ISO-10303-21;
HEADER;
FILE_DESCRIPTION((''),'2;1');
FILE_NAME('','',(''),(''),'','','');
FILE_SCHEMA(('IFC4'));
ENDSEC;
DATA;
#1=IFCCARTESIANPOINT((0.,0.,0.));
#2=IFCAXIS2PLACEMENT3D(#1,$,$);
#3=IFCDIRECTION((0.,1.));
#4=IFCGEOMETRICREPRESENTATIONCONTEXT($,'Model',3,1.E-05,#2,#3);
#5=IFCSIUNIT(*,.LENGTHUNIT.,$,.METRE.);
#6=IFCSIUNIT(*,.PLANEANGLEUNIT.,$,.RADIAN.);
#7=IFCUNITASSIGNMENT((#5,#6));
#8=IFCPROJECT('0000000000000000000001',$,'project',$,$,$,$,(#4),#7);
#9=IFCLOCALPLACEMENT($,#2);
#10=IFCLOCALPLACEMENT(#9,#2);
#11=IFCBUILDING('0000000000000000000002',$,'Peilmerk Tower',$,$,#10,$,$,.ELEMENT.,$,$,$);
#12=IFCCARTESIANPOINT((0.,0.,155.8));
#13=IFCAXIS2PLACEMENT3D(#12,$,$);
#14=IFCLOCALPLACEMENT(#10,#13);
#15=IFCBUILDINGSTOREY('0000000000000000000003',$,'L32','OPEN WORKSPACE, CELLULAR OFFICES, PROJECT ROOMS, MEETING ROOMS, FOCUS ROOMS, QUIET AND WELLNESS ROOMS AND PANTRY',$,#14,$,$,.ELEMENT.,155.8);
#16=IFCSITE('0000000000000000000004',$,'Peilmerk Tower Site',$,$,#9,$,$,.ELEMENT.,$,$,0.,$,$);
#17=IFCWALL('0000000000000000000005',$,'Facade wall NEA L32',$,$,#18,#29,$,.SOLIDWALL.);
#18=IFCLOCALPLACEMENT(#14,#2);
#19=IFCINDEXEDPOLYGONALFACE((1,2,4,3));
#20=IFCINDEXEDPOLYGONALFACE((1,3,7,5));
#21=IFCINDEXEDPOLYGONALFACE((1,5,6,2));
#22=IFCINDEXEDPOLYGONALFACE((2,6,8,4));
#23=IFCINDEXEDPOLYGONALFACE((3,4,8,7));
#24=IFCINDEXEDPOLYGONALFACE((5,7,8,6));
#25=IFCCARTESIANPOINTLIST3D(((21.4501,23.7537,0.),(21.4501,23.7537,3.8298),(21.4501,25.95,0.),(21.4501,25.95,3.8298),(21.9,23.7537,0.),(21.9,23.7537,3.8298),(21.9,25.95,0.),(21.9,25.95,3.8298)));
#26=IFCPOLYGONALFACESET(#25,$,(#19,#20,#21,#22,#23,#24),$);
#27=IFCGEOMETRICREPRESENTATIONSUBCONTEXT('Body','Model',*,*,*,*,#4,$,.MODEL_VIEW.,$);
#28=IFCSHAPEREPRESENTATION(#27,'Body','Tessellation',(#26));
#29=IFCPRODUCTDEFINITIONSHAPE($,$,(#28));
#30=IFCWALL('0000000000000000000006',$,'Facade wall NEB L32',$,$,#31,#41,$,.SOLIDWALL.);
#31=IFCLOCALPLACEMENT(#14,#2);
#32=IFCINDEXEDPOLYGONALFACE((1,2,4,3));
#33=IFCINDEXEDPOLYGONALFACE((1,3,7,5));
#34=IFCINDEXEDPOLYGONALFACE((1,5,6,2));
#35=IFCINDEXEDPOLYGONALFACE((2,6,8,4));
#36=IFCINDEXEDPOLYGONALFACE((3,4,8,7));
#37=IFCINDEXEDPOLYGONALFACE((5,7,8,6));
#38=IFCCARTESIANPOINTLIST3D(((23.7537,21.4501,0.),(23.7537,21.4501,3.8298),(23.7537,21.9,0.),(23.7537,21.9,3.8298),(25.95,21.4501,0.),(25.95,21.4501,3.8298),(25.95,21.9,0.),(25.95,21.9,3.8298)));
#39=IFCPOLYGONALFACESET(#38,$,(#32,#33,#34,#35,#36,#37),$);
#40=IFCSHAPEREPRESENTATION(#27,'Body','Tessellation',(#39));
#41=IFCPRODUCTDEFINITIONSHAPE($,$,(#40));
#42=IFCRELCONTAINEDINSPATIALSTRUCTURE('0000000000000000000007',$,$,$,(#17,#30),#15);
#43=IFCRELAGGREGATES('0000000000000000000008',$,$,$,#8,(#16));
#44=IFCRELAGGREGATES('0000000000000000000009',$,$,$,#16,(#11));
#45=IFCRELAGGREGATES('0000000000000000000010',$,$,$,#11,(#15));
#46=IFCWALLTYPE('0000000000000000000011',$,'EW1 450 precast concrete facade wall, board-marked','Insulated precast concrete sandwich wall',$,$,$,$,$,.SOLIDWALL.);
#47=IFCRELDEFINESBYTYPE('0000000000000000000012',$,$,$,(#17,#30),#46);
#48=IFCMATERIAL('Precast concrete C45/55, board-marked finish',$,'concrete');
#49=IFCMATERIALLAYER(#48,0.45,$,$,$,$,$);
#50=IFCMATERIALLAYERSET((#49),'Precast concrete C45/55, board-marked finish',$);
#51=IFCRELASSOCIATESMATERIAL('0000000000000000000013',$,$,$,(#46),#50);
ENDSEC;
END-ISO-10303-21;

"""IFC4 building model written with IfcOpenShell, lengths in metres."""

from ifc_helpers import new_model, si_unit, direction, frame, frame_2d, origin, place, context, subcontext, project, spatial, rectangle, extrude, material, layer, layer_set, type_object, element, save


model = new_model("IFC4")

# Units and contexts
model_context = context("Model", 3, precision=1e-05, world=origin(), true_north=direction((0.0, 1.0)))
body_context = subcontext(model_context, "Body", "Model", "MODEL_VIEW")
ifc_project = project(units=[si_unit("LENGTHUNIT", "METRE"), si_unit("PLANEANGLEUNIT", "RADIAN")], contexts=[model_context])

# Site, building, storey
site_placement = place(None, origin())
site = spatial("IfcSite", under=ifc_project, at=site_placement, Name="Peilmerk Tower Site", CompositionType="ELEMENT", RefElevation=0.0)
building_placement = place(site_placement, origin())
building = spatial("IfcBuilding", under=site, at=building_placement, Name="Peilmerk Tower", CompositionType="ELEMENT")
storey_placement = place(building_placement, frame((0.0, 0.0, 155.8)))
storey = spatial("IfcBuildingStorey", under=building, at=storey_placement, Name="L32", Description="OPEN WORKSPACE, CELLULAR OFFICES, PROJECT ROOMS, MEETING ROOMS, FOCUS ROOMS, QUIET AND WELLNESS ROOMS AND PANTRY", CompositionType="ELEMENT", Elevation=155.8)

# Shared definitions
ifc_material_1 = material(Name="Precast concrete C45/55, board-marked finish", Category="concrete")
ifc_layer_1 = layer(ifc_material_1, 0.45)
ifc_layer_set_1 = layer_set([ifc_layer_1], Name="Precast concrete C45/55, board-marked finish")
wall_type = type_object("IfcWallType", Name="EW1 450 precast concrete facade wall, board-marked", Description="Insulated precast concrete sandwich wall", PredefinedType="SOLIDWALL", material=ifc_layer_set_1)

# Walls
for number, where, z_axis, x_axis, name in (
    (1, (21.675, 23.7537, 0.0), (0.0, 0.0, 1.0), (0.0, 1.0, 0.0), "Facade wall NEA L32"),
    (2, (23.7537, 21.675, 0.0), (0.0, 0.0, 1.0), (1.0, 0.0, 0.0), "Facade wall NEB L32"),
):
    element("IfcWall", number, at=place(storey_placement, frame(where, z_axis=z_axis, x_axis=x_axis)), inside=storey, type_object=wall_type, Name=name, PredefinedType="SOLIDWALL", context=body_context, shape_type="SweptSolid", body=[
        extrude(rectangle(XDim=2.1963, YDim=0.45, at=frame_2d((1.0981, 0.0))), origin(), (0.0, 0.0, 1.0), 3.8298),
    ])

save(model, "model.ifc")
